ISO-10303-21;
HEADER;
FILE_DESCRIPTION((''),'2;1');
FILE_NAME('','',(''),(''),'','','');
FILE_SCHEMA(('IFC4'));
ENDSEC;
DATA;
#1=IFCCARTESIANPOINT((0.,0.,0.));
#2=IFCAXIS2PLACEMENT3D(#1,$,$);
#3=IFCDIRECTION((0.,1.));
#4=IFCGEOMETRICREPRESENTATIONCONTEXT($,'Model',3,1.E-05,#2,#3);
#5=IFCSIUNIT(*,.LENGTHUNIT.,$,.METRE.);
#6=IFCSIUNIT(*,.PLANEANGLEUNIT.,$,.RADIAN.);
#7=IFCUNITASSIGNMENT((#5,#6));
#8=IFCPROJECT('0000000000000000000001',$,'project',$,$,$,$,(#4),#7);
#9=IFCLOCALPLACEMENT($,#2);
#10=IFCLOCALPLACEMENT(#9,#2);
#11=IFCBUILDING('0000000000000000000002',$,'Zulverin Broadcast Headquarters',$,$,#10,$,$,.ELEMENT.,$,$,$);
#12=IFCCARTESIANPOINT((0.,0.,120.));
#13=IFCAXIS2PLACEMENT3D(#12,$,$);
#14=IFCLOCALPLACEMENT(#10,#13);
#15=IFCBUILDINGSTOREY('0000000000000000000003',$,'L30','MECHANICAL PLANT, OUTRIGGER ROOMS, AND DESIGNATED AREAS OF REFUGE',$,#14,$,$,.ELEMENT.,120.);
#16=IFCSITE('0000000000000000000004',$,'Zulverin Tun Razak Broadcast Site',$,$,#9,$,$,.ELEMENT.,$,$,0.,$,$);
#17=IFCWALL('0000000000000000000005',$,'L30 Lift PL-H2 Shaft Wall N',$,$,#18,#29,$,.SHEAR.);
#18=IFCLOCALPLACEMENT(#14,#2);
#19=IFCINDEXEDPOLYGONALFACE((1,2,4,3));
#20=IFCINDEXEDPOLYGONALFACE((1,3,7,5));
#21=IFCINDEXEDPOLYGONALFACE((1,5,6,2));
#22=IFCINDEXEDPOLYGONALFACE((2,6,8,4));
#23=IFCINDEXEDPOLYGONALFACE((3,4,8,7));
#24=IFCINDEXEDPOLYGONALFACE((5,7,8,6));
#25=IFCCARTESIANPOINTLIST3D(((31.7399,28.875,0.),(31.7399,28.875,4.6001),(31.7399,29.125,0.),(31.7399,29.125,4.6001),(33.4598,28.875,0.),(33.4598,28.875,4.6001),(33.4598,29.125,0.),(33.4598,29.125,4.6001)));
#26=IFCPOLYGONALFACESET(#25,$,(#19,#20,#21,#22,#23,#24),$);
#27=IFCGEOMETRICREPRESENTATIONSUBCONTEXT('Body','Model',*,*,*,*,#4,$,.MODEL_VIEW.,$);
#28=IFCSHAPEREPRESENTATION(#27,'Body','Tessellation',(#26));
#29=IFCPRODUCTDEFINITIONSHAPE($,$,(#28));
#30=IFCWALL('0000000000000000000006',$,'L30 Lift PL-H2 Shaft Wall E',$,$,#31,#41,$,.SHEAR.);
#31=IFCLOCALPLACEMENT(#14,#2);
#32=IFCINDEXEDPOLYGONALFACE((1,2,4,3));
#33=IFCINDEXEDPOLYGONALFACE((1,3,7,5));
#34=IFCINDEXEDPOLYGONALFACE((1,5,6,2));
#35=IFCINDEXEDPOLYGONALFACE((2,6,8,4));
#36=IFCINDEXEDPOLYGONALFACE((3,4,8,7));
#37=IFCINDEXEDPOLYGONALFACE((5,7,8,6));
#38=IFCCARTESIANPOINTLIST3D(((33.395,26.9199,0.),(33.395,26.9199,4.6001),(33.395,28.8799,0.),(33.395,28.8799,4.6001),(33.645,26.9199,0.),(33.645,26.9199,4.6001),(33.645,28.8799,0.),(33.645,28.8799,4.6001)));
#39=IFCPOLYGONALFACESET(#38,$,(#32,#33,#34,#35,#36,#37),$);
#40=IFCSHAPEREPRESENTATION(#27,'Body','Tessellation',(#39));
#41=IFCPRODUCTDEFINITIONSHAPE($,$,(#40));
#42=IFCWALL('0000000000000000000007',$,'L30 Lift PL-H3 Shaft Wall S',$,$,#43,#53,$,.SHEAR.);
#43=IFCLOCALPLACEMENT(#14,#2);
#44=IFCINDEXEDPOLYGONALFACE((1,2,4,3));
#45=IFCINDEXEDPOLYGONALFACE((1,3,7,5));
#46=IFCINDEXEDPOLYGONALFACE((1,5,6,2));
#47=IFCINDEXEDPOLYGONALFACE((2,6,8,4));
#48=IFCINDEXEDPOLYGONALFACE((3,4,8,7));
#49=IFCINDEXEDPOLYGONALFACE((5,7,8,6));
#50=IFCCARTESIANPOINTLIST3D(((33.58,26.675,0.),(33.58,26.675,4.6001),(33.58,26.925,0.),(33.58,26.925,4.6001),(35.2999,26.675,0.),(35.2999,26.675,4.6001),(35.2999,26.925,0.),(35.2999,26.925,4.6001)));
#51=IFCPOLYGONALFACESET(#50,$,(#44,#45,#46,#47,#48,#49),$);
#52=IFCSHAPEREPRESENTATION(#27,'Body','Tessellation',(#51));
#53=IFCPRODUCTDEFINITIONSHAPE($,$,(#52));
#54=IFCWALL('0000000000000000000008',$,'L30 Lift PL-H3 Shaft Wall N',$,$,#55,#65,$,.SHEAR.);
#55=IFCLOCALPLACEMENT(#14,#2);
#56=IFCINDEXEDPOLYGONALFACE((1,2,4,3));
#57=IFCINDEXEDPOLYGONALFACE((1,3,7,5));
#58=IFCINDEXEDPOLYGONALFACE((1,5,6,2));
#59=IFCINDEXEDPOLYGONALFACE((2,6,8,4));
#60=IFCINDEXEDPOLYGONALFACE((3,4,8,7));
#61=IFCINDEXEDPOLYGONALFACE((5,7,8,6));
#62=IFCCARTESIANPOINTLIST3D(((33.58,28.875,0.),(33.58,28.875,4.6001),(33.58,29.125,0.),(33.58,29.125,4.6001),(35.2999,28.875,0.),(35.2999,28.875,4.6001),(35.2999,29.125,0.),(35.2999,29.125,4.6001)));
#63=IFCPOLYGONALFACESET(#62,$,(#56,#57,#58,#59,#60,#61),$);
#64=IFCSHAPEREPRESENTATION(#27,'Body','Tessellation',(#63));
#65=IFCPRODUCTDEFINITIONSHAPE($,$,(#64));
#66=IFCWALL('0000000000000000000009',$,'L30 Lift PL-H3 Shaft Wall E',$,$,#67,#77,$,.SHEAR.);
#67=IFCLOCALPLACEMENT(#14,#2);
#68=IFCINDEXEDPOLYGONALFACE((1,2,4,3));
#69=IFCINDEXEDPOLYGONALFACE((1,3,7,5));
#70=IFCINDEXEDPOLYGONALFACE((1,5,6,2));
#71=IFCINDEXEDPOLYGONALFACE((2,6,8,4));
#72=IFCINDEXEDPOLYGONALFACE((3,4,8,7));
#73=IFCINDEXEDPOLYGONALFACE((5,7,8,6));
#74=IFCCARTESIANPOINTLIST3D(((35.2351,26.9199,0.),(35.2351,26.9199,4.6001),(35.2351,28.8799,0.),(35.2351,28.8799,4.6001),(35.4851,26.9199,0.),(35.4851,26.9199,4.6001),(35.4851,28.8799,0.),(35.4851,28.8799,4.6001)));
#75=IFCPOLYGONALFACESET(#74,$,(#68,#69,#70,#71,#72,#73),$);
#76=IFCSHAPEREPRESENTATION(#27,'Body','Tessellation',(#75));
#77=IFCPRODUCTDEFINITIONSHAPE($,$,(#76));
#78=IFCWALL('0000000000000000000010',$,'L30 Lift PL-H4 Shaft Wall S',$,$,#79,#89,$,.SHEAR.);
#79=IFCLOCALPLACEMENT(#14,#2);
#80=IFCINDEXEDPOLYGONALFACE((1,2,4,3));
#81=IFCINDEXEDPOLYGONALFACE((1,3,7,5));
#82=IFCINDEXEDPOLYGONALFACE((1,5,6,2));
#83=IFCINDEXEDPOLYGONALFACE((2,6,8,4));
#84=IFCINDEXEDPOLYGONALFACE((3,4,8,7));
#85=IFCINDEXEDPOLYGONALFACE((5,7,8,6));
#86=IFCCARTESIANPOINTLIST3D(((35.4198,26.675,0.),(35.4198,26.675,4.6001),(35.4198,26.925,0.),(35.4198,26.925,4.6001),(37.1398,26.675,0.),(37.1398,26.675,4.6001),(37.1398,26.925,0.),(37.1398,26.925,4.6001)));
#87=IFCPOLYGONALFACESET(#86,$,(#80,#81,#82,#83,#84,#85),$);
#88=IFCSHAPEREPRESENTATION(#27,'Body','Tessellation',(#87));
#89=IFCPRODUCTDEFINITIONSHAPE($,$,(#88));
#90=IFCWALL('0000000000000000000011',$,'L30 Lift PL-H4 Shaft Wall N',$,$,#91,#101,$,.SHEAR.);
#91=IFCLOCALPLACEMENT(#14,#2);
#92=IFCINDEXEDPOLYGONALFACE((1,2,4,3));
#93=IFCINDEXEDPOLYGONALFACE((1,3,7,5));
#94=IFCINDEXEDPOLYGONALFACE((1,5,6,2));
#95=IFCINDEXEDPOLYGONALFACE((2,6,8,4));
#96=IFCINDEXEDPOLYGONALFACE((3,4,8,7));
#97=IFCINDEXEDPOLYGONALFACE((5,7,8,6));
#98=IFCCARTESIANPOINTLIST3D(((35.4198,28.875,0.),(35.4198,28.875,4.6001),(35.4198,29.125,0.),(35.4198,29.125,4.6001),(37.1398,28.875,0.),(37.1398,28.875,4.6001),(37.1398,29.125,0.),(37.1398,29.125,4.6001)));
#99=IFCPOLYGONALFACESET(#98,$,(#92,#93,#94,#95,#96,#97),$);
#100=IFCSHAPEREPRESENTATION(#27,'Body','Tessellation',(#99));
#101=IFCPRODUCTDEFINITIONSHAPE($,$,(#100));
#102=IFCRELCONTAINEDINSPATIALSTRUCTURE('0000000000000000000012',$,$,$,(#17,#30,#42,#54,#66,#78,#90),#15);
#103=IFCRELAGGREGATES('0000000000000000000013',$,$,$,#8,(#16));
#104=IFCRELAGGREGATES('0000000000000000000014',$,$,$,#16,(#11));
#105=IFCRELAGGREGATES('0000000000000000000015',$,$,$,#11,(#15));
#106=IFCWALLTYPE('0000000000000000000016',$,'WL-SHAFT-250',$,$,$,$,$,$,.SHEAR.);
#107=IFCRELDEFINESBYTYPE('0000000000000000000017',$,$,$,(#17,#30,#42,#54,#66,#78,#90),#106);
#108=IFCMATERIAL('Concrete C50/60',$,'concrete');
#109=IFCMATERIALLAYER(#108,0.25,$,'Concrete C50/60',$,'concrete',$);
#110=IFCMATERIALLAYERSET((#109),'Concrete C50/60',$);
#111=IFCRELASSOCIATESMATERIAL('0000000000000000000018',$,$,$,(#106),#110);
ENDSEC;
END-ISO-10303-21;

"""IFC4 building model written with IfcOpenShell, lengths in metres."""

from ifc_helpers import new_model, si_unit, direction, frame, frame_2d, origin, place, context, subcontext, project, spatial, rectangle, extrude, material, layer, layer_set, type_object, element, save


model = new_model("IFC4")

# Units and contexts
model_context = context("Model", 3, precision=1e-05, world=origin(), true_north=direction((0.0, 1.0)))
body_context = subcontext(model_context, "Body", "Model", "MODEL_VIEW")
ifc_project = project(units=[si_unit("LENGTHUNIT", "METRE"), si_unit("PLANEANGLEUNIT", "RADIAN")], contexts=[model_context])

# Site, building, storey
site_placement = place(None, origin())
site = spatial("IfcSite", under=ifc_project, at=site_placement, Name="Zulverin Tun Razak Broadcast Site", CompositionType="ELEMENT", RefElevation=0.0)
building_placement = place(site_placement, origin())
building = spatial("IfcBuilding", under=site, at=building_placement, Name="Zulverin Broadcast Headquarters", CompositionType="ELEMENT")
storey_placement = place(building_placement, frame((0.0, 0.0, 120.0)))
storey = spatial("IfcBuildingStorey", under=building, at=storey_placement, Name="L30", Description="MECHANICAL PLANT, OUTRIGGER ROOMS, AND DESIGNATED AREAS OF REFUGE", CompositionType="ELEMENT", Elevation=120.0)

# Walls
ifc_material_1 = material(Name="Concrete C50/60", Category="concrete")
ifc_layer_1 = layer(ifc_material_1, 0.25, Name="Concrete C50/60", Category="concrete")
ifc_layer_set_1 = layer_set([ifc_layer_1], Name="Concrete C50/60")
wall_type_1 = type_object("IfcWallType", Name="WL-SHAFT-250", PredefinedType="SHEAR", material=ifc_layer_set_1)
for number, where, z_axis, x_axis, name in (
    (1, (31.74, 29.0, 0.0), (0.0, 0.0, 1.0), (1.0, 0.0, 0.0), "L30 Lift PL-H2 Shaft Wall N"),
):
    element("IfcWall", number, at=place(storey_placement, frame(where, z_axis=z_axis, x_axis=x_axis)), inside=storey, type_object=wall_type_1, Name=name, PredefinedType="SHEAR", context=body_context, shape_type="SweptSolid", body=[
        extrude(rectangle(XDim=1.72, YDim=0.25, at=frame_2d((0.8599, 0.0))), origin(), (0.0, 0.0, 1.0), 4.6001),
    ])
wall_1_placement = place(storey_placement, frame((33.52, 26.9199, 0.0), z_axis=(0.0, 0.0, 1.0), x_axis=(0.0, 1.0, 0.0)))
element("IfcWall", 2, at=wall_1_placement, inside=storey, type_object=wall_type_1, Name="L30 Lift PL-H2 Shaft Wall E", PredefinedType="SHEAR", context=body_context, shape_type="SweptSolid", body=[
    extrude(rectangle(XDim=1.96, YDim=0.25, at=frame_2d((0.98, 0.0))), origin(), (0.0, 0.0, 1.0), 4.6001),
])
for number, where, z_axis, x_axis, name in (
    (3, (33.5801, 26.8, 0.0), (0.0, 0.0, 1.0), (1.0, 0.0, 0.0), "L30 Lift PL-H3 Shaft Wall S"),
    (4, (33.5801, 29.0, 0.0), (0.0, 0.0, 1.0), (1.0, 0.0, 0.0), "L30 Lift PL-H3 Shaft Wall N"),
):
    element("IfcWall", number, at=place(storey_placement, frame(where, z_axis=z_axis, x_axis=x_axis)), inside=storey, type_object=wall_type_1, Name=name, PredefinedType="SHEAR", context=body_context, shape_type="SweptSolid", body=[
        extrude(rectangle(XDim=1.72, YDim=0.25, at=frame_2d((0.8599, 0.0))), origin(), (0.0, 0.0, 1.0), 4.6001),
    ])
wall_2_placement = place(storey_placement, frame((35.3601, 26.9199, 0.0), z_axis=(0.0, 0.0, 1.0), x_axis=(0.0, 1.0, 0.0)))
element("IfcWall", 5, at=wall_2_placement, inside=storey, type_object=wall_type_1, Name="L30 Lift PL-H3 Shaft Wall E", PredefinedType="SHEAR", context=body_context, shape_type="SweptSolid", body=[
    extrude(rectangle(XDim=1.96, YDim=0.25, at=frame_2d((0.98, 0.0))), origin(), (0.0, 0.0, 1.0), 4.6001),
])
for number, where, z_axis, x_axis, name in (
    (6, (35.4199, 26.8, 0.0), (0.0, 0.0, 1.0), (1.0, 0.0, 0.0), "L30 Lift PL-H4 Shaft Wall S"),
    (7, (35.4199, 29.0, 0.0), (0.0, 0.0, 1.0), (1.0, 0.0, 0.0), "L30 Lift PL-H4 Shaft Wall N"),
):
    element("IfcWall", number, at=place(storey_placement, frame(where, z_axis=z_axis, x_axis=x_axis)), inside=storey, type_object=wall_type_1, Name=name, PredefinedType="SHEAR", context=body_context, shape_type="SweptSolid", body=[
        extrude(rectangle(XDim=1.72, YDim=0.25, at=frame_2d((0.8599, 0.0))), origin(), (0.0, 0.0, 1.0), 4.6001),
    ])

save(model, "model.ifc")
